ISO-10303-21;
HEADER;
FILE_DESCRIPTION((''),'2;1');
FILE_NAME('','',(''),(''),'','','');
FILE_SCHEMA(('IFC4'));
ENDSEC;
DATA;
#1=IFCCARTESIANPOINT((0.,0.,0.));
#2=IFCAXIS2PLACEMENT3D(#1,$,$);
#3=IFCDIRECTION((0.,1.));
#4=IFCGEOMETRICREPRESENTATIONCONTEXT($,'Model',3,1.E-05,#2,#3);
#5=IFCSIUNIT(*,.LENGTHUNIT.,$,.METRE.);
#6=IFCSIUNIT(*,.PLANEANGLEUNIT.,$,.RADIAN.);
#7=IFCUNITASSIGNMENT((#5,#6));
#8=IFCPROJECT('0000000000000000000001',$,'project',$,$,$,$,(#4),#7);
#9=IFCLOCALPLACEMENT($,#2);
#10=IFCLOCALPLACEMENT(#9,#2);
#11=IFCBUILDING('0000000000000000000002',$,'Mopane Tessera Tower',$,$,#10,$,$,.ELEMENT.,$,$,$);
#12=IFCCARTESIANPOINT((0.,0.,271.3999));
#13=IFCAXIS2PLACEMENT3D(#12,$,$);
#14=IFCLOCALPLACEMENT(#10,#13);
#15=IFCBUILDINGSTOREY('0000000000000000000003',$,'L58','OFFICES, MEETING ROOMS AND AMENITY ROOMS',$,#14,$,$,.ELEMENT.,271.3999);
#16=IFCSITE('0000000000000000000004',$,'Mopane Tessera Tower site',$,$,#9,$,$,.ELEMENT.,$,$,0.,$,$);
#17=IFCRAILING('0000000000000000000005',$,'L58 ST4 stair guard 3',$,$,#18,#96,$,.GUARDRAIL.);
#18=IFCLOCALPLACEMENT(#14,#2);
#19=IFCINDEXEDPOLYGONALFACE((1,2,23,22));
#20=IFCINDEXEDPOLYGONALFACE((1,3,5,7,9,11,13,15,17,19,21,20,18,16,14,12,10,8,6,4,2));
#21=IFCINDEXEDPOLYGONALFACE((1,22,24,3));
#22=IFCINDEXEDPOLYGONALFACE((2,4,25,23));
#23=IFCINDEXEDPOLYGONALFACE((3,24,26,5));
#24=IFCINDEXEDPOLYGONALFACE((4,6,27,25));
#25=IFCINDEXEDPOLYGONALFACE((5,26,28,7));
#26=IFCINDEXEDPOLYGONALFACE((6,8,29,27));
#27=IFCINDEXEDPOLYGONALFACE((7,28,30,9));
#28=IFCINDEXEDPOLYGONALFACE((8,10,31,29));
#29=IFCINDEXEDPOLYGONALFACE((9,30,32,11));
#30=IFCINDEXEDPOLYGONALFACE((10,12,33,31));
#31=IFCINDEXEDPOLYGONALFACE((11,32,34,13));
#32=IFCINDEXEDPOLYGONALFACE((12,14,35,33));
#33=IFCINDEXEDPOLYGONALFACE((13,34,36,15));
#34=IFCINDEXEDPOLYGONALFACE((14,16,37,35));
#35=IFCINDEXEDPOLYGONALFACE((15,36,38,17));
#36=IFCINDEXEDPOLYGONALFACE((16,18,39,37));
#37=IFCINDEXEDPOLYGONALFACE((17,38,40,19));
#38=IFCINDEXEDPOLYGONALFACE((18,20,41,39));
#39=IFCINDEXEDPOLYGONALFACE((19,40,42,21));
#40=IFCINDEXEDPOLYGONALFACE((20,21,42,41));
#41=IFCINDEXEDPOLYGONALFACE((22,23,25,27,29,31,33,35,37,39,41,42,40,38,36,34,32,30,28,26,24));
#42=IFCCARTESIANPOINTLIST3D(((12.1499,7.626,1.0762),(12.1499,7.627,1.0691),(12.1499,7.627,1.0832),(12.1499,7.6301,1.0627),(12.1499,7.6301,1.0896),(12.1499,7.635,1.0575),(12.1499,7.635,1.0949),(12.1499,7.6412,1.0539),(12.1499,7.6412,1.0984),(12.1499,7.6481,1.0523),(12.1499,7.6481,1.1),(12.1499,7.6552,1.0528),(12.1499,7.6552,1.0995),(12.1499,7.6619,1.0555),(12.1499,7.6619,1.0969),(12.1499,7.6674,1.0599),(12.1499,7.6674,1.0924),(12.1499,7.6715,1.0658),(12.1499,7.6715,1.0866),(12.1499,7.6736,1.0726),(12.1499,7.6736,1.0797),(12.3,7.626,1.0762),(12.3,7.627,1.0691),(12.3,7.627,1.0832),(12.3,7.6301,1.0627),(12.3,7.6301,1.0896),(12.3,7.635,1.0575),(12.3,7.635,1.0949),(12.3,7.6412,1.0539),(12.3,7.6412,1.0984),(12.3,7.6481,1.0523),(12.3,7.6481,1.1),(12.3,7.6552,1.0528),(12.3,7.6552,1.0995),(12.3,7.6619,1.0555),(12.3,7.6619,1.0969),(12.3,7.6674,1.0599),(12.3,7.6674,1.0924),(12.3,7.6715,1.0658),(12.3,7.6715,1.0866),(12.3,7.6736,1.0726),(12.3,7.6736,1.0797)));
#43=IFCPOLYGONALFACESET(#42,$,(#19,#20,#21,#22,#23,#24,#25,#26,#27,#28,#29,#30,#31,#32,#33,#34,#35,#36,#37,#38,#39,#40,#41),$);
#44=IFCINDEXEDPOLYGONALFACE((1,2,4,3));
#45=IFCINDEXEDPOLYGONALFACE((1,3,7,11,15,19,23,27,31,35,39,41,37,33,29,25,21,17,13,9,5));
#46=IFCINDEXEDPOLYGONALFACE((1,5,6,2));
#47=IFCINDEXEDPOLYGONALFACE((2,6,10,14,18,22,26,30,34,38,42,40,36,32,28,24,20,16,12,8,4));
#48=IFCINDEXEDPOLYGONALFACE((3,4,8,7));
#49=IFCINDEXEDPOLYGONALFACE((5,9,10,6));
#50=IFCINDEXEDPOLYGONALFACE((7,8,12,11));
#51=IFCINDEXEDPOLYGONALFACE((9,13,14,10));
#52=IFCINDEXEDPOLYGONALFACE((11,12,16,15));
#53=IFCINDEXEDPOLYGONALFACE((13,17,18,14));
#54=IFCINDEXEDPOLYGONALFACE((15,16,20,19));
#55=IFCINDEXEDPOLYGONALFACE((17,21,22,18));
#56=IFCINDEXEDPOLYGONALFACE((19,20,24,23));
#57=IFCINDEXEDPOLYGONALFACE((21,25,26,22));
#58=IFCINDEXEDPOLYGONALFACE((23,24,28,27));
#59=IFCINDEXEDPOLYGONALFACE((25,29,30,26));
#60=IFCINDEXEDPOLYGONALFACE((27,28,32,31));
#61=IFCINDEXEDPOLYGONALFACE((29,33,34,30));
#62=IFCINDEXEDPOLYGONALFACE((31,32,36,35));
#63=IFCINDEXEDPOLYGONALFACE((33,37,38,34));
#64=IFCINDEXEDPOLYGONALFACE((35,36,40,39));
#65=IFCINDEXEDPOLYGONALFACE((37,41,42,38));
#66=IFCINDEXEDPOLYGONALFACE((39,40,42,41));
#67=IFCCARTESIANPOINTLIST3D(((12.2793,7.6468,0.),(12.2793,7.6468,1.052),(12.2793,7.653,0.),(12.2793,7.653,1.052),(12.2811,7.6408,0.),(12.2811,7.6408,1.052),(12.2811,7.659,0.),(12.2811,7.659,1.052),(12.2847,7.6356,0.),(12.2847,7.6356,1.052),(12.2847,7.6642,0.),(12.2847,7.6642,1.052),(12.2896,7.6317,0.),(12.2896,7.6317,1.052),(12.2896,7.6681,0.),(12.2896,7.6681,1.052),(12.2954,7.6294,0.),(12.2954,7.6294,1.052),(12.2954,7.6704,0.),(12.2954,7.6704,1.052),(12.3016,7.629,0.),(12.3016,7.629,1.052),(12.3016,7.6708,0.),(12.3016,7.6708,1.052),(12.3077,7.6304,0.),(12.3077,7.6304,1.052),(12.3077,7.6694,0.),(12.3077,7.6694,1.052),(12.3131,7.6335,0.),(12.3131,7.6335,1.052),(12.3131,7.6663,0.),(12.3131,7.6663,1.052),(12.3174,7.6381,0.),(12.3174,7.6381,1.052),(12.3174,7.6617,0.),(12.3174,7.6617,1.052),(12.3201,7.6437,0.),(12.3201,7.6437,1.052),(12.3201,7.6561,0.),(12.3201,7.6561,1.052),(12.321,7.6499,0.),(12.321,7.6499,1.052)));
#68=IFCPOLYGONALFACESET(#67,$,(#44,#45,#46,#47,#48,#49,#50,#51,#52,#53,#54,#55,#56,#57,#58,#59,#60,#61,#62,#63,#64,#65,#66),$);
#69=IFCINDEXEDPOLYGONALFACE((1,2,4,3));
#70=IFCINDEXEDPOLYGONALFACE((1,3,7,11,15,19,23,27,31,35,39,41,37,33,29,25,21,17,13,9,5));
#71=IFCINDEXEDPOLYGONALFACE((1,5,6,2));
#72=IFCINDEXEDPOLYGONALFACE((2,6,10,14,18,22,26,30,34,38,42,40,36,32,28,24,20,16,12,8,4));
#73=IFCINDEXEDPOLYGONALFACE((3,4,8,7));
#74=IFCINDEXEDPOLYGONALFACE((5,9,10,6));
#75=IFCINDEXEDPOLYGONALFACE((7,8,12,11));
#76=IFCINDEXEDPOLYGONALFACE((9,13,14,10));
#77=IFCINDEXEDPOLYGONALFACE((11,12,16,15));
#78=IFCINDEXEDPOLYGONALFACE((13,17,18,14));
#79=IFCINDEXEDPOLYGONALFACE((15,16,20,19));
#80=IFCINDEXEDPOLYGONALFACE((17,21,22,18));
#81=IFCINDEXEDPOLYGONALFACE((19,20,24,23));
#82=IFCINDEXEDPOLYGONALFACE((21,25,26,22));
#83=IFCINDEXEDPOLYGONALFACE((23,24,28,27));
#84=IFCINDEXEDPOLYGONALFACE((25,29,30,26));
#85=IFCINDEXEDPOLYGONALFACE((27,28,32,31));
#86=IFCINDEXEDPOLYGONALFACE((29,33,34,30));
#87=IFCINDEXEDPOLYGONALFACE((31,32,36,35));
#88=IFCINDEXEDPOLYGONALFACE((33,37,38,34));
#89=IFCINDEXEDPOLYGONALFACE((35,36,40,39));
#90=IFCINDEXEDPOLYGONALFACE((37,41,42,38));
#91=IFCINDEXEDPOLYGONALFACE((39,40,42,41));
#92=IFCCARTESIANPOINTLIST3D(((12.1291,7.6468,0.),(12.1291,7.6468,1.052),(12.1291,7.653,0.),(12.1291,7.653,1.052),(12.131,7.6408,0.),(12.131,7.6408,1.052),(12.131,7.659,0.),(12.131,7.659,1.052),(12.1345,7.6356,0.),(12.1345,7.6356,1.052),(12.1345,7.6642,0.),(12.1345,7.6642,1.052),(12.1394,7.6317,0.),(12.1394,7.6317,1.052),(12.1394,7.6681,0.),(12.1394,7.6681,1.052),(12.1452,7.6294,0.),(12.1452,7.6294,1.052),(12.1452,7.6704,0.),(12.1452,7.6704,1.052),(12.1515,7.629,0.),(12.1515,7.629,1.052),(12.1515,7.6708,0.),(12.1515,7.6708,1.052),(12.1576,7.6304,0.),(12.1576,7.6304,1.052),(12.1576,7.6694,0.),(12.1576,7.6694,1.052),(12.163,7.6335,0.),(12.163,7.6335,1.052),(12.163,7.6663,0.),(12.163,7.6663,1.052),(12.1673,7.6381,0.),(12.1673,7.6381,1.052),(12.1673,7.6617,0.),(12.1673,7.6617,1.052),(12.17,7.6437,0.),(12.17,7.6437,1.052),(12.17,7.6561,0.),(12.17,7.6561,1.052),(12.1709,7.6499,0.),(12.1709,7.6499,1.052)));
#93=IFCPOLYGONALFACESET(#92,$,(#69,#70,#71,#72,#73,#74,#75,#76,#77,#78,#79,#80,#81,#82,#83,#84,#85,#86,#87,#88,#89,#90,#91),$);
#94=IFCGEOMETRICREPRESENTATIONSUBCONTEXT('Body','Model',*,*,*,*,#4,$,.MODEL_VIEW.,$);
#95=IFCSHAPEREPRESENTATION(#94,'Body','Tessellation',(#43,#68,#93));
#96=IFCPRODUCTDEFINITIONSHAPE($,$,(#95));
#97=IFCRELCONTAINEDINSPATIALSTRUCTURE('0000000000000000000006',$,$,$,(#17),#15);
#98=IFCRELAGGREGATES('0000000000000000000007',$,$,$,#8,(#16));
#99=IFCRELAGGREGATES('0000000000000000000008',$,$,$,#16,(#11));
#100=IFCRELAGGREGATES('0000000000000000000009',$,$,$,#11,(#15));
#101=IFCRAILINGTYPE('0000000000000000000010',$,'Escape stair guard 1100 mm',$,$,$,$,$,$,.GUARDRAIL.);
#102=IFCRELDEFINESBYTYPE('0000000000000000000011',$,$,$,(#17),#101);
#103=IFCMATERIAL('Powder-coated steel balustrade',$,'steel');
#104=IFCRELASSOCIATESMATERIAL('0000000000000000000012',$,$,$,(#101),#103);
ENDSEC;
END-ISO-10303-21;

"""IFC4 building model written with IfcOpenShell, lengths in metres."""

from ifc_helpers import new_model, si_unit, direction, frame, origin, origin_2d, place, context, subcontext, project, spatial, circle, extrude, material, type_object, element, save


model = new_model("IFC4")

# Units and contexts
model_context = context("Model", 3, precision=1e-05, world=origin(), true_north=direction((0.0, 1.0)))
body_context = subcontext(model_context, "Body", "Model", "MODEL_VIEW")
ifc_project = project(units=[si_unit("LENGTHUNIT", "METRE"), si_unit("PLANEANGLEUNIT", "RADIAN")], contexts=[model_context])

# Site, building, storey
site_placement = place(None, origin())
site = spatial("IfcSite", under=ifc_project, at=site_placement, Name="Mopane Tessera Tower site", CompositionType="ELEMENT", RefElevation=0.0)
building_placement = place(site_placement, origin())
building = spatial("IfcBuilding", under=site, at=building_placement, Name="Mopane Tessera Tower", CompositionType="ELEMENT")
storey_placement = place(building_placement, frame((0.0, 0.0, 271.3999)))
storey = spatial("IfcBuildingStorey", under=building, at=storey_placement, Name="L58", Description="OFFICES, MEETING ROOMS AND AMENITY ROOMS", CompositionType="ELEMENT", Elevation=271.3999)

# Railing
ifc_material_1 = material(Name="Powder-coated steel balustrade", Category="steel")
railing_type = type_object("IfcRailingType", Name="Escape stair guard 1100 mm", PredefinedType="GUARDRAIL", material=ifc_material_1)
railing_1_placement = place(storey_placement, frame((12.3, 7.6499, 0.0)))
element("IfcRailing", 1, at=railing_1_placement, inside=storey, type_object=railing_type, Name="L58 ST4 stair guard 3", PredefinedType="GUARDRAIL", context=body_context, shape_type="SweptSolid", body=[
    extrude(circle(Radius=0.0239, at=origin_2d()), frame((0.0, 0.0, 1.0762), z_axis=(-1.0, 0.0, 0.0), x_axis=(0.0, -1.0, 0.0)), (0.0, 0.0, 1.0), 0.1501),
    extrude(circle(Radius=0.021, at=origin_2d()), origin(), (0.0, 0.0, 1.0), 1.052),
    extrude(circle(Radius=0.021, at=origin_2d()), frame((-0.1501, 0.0, 0.0)), (0.0, 0.0, 1.0), 1.052),
])

save(model, "model.ifc")
